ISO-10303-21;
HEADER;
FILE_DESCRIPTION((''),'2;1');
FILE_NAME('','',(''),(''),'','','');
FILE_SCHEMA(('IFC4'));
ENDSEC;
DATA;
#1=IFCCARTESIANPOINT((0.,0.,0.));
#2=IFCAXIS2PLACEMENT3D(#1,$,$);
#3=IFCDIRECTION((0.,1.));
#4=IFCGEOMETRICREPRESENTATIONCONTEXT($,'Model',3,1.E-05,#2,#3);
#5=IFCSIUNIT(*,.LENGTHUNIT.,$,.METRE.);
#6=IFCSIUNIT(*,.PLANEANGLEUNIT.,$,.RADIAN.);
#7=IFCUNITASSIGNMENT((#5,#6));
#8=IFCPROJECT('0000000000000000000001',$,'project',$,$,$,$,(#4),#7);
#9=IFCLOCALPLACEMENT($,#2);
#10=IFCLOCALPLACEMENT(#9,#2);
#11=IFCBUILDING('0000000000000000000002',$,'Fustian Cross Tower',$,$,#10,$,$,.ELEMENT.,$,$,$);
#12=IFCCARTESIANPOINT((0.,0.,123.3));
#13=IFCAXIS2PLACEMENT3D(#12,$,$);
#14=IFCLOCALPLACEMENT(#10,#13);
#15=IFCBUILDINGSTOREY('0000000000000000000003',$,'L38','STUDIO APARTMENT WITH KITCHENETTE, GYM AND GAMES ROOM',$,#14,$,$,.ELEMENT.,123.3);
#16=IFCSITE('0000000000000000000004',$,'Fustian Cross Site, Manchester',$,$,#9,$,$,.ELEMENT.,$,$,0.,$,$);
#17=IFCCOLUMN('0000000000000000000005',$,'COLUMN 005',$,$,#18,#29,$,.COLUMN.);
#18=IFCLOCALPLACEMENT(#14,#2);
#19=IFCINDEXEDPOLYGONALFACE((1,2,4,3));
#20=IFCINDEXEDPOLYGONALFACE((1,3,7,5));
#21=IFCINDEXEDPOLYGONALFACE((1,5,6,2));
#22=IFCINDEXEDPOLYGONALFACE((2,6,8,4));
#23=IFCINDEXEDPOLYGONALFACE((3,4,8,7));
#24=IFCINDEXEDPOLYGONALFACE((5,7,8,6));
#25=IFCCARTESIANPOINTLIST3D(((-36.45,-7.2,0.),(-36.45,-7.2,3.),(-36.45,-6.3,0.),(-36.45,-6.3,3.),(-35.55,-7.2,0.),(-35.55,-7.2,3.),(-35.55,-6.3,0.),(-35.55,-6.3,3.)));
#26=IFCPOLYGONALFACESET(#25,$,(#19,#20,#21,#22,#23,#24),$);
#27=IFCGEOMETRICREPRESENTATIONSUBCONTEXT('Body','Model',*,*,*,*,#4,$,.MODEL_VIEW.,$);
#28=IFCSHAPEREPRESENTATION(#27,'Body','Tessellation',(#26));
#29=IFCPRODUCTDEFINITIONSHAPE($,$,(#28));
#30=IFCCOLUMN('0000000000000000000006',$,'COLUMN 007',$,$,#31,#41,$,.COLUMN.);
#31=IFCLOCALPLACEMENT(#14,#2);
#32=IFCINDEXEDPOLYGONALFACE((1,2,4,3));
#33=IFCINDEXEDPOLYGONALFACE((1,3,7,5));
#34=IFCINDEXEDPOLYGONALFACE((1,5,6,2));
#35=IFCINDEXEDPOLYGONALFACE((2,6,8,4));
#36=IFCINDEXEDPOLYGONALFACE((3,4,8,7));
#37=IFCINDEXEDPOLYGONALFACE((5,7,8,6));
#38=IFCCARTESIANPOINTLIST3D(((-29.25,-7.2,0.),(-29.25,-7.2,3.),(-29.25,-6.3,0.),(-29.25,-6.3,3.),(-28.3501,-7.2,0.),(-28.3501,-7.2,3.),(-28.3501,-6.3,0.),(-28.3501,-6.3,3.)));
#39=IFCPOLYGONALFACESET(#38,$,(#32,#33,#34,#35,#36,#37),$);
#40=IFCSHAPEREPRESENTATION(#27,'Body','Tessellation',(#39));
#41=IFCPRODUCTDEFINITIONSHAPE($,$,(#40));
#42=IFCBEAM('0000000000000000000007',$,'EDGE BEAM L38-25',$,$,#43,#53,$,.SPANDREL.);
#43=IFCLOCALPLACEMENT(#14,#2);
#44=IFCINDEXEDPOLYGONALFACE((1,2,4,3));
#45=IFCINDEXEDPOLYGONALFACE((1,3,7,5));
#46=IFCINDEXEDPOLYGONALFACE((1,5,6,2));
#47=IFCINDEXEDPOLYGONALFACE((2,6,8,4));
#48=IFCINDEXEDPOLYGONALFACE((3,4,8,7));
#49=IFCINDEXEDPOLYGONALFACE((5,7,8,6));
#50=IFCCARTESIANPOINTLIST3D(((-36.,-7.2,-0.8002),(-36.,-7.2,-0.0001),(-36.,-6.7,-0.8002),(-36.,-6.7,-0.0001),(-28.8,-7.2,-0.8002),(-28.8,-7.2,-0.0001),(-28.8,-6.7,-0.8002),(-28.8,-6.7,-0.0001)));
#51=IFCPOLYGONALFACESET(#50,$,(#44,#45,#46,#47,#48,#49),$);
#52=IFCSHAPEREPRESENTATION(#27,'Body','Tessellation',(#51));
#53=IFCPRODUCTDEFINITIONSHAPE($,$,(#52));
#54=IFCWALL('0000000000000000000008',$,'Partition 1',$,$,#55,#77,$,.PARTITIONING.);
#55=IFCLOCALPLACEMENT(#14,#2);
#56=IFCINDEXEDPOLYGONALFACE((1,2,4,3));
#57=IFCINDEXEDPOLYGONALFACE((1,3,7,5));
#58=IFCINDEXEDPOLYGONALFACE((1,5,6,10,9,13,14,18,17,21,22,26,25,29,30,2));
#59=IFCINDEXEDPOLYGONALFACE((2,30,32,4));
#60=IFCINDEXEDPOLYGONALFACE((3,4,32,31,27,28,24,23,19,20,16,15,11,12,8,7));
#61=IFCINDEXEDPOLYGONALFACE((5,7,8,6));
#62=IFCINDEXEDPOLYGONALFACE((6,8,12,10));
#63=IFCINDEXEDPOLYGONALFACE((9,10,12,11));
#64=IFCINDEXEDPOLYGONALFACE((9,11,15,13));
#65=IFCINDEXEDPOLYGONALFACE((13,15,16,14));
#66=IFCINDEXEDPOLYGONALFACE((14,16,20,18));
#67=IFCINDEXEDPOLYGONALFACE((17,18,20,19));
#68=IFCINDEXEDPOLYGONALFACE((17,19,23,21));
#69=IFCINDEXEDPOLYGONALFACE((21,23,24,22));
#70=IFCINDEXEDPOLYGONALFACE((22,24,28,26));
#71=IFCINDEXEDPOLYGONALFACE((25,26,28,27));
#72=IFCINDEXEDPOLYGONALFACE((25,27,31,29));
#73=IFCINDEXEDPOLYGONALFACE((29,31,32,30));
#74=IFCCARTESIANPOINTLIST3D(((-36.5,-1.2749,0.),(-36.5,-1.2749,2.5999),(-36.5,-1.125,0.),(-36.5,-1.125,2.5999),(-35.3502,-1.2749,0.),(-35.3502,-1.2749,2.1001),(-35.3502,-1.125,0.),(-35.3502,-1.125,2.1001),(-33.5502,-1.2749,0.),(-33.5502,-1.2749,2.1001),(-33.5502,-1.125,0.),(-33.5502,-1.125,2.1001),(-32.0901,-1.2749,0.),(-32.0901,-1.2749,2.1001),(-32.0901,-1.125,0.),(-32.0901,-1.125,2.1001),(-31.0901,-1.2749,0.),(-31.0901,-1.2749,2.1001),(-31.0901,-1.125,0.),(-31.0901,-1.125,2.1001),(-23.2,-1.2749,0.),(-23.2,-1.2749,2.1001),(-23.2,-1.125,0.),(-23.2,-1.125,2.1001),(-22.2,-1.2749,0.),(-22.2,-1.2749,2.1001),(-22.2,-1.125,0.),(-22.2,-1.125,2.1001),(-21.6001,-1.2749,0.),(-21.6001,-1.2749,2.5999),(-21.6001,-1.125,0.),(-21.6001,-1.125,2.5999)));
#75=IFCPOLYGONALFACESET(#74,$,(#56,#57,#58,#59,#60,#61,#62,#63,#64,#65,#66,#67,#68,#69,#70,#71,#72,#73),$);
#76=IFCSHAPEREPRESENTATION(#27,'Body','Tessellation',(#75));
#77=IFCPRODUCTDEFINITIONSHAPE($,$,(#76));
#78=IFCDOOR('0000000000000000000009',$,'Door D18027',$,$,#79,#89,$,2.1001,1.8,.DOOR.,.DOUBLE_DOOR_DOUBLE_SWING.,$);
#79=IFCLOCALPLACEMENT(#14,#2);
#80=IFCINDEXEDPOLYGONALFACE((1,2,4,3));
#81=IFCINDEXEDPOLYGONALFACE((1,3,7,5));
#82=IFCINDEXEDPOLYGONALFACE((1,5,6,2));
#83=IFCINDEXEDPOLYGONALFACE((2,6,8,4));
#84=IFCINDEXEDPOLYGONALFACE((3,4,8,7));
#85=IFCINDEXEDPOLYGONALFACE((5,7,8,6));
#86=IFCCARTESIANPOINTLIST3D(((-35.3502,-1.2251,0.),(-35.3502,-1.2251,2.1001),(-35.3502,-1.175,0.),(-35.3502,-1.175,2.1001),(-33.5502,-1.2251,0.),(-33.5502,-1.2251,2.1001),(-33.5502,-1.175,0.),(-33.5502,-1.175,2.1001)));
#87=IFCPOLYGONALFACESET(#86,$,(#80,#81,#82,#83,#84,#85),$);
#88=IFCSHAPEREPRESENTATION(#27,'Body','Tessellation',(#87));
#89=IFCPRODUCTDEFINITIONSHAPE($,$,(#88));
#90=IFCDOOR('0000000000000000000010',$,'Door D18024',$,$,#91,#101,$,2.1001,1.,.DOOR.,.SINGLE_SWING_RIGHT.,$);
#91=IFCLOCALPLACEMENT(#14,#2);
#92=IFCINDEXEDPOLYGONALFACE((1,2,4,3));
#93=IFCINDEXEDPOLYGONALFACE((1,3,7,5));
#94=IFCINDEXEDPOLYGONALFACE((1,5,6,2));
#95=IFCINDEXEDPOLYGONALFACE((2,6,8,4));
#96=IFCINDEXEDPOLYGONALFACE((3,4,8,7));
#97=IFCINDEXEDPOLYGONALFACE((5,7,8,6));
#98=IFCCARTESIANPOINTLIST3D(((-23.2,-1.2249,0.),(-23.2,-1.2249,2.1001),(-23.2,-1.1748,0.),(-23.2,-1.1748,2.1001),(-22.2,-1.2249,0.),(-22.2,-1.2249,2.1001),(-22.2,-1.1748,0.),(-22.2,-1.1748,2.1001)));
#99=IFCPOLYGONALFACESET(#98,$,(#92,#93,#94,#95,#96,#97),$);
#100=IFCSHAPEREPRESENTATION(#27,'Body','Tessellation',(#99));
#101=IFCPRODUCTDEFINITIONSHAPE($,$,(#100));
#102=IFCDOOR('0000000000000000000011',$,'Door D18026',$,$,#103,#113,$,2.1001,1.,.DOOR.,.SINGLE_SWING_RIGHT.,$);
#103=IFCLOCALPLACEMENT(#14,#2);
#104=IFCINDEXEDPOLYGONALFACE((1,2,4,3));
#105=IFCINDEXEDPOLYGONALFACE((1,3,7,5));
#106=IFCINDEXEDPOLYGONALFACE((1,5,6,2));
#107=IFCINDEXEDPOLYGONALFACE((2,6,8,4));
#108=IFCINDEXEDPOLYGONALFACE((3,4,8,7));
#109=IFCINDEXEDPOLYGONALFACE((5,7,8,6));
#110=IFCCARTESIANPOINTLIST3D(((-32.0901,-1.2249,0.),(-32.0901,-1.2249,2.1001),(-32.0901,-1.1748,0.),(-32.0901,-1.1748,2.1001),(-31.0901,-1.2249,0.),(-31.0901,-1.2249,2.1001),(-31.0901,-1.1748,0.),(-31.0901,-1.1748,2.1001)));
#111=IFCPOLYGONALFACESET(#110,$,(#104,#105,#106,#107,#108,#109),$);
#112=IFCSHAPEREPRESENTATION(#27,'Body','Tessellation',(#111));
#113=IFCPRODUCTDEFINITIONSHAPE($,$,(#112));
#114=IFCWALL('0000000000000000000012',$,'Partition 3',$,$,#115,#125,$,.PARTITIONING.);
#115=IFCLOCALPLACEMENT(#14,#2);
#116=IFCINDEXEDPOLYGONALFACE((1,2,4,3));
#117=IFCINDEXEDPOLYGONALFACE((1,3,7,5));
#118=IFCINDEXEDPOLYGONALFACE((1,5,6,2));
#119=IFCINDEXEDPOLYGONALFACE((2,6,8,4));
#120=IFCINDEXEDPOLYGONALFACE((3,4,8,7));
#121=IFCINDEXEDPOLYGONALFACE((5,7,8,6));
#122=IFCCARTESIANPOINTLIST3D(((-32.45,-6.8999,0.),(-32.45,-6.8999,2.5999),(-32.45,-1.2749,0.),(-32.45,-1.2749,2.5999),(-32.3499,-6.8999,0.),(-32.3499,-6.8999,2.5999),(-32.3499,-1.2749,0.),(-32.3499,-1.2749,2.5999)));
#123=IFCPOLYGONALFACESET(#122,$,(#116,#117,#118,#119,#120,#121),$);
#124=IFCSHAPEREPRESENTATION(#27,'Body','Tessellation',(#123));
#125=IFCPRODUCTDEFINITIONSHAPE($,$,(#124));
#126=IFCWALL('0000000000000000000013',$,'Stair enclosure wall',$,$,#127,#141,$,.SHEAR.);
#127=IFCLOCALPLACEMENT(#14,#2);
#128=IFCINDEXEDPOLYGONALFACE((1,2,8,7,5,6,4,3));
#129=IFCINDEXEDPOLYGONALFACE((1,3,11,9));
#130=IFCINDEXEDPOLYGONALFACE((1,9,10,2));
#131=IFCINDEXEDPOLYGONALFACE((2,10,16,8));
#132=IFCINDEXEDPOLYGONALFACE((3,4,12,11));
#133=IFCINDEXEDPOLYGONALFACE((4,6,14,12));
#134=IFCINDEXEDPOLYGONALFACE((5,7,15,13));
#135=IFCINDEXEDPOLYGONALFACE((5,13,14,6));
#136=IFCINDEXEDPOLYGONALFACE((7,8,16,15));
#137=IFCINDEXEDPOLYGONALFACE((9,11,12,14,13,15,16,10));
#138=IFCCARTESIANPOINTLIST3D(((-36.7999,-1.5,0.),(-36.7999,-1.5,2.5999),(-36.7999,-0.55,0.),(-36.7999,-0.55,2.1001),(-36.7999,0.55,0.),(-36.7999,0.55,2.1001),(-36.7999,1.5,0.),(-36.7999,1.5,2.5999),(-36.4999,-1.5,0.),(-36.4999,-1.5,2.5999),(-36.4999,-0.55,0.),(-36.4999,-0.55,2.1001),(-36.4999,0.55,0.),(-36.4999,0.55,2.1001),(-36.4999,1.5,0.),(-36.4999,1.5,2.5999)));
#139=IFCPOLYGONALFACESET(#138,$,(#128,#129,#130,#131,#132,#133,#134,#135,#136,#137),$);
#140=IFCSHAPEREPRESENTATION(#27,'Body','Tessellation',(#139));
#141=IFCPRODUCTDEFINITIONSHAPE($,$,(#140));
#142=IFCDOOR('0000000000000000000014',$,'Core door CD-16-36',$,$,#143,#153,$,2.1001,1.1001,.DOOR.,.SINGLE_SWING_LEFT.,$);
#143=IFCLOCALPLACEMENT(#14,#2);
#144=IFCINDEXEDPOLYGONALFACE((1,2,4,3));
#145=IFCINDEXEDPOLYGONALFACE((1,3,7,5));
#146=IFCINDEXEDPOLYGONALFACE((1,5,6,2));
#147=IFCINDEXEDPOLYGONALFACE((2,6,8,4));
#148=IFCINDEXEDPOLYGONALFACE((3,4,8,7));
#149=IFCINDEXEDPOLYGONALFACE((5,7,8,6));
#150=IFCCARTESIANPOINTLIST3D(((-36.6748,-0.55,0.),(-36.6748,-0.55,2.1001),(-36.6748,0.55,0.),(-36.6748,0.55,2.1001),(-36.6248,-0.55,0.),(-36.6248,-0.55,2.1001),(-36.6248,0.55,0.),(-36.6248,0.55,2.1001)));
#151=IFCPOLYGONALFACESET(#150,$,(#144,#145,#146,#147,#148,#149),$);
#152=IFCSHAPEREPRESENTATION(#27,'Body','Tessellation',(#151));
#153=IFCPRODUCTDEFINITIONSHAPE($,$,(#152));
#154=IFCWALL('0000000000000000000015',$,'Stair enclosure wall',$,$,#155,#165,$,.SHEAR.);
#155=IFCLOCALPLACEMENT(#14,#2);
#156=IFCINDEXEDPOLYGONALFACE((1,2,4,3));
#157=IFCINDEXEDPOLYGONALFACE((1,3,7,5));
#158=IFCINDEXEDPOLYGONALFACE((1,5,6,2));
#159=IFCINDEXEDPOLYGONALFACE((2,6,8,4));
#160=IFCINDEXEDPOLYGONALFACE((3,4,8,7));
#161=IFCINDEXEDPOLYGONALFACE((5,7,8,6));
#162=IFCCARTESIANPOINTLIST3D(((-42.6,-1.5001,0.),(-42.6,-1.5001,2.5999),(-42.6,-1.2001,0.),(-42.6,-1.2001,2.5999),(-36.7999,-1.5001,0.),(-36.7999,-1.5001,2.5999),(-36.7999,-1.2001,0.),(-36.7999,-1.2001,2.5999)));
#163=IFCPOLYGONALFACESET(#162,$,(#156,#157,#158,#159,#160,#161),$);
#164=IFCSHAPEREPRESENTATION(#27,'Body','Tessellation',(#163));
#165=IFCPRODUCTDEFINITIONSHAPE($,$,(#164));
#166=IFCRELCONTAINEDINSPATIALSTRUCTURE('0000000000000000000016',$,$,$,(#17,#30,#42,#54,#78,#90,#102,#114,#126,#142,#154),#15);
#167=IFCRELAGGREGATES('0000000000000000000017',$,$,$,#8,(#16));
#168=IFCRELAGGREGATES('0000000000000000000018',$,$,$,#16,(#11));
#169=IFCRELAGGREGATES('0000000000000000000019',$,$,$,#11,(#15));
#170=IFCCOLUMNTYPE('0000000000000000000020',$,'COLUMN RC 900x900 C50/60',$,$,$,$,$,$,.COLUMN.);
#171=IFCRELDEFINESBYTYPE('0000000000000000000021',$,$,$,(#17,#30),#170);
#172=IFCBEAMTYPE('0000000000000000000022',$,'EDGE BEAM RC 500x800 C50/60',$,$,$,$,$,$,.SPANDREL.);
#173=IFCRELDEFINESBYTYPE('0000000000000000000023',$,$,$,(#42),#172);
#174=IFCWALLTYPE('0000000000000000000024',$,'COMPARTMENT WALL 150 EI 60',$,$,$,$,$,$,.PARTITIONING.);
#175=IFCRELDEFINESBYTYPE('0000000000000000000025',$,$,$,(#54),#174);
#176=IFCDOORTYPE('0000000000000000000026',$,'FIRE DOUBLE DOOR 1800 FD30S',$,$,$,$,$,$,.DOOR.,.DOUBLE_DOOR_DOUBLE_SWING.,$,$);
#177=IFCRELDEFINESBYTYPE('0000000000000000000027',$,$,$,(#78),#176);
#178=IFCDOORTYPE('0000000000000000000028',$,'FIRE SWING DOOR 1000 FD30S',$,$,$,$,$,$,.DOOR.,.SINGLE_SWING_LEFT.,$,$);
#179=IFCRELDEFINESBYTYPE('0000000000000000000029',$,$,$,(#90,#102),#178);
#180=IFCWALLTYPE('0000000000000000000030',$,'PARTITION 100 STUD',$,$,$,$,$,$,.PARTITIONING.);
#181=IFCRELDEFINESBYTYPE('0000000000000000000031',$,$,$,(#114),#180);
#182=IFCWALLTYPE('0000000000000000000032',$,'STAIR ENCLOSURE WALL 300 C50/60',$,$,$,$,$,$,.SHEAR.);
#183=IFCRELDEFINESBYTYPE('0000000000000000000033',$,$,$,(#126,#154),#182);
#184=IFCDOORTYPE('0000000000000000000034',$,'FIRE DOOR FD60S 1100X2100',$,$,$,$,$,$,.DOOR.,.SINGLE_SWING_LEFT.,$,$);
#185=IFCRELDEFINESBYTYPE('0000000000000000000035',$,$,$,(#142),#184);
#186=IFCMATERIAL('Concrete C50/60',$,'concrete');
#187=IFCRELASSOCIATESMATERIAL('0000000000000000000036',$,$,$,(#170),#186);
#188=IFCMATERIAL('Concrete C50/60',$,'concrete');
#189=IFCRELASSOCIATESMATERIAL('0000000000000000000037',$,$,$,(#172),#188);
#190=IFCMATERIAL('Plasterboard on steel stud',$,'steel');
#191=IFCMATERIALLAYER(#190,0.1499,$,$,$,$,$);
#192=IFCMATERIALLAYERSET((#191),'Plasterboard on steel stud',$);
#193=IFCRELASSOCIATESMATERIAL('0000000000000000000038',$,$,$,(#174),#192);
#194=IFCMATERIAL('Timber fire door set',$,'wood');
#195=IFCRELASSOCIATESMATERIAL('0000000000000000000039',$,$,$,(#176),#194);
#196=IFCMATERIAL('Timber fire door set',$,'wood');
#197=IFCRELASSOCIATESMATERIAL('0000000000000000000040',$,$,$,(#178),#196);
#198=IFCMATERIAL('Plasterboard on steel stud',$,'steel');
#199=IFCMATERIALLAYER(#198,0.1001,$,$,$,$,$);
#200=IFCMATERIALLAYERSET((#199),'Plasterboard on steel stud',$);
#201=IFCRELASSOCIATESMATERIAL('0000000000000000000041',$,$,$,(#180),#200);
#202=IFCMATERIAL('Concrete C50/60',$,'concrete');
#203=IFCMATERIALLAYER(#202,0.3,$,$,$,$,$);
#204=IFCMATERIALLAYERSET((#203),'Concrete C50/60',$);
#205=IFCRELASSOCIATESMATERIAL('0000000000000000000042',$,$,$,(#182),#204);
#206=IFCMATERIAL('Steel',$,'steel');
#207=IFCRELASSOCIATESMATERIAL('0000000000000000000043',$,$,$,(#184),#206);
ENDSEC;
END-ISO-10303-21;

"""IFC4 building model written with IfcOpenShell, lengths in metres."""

from ifc_helpers import new_model, si_unit, direction, frame, frame_2d, origin, origin_2d, place, context, subcontext, project, spatial, rectangle, extrude, material, layer, layer_set, material_profile, profile_set, type_object, element, fill, save


model = new_model("IFC4")

# Units and contexts
model_context = context("Model", 3, precision=1e-05, world=origin(), true_north=direction((0.0, 1.0)))
body_context = subcontext(model_context, "Body", "Model", "MODEL_VIEW")
ifc_project = project(units=[si_unit("LENGTHUNIT", "METRE"), si_unit("PLANEANGLEUNIT", "RADIAN")], contexts=[model_context])

# Site, building, storey
site_placement = place(None, origin())
site = spatial("IfcSite", under=ifc_project, at=site_placement, Name="Fustian Cross Site, Manchester", CompositionType="ELEMENT", RefElevation=0.0)
building_placement = place(site_placement, origin())
building = spatial("IfcBuilding", under=site, at=building_placement, Name="Fustian Cross Tower", CompositionType="ELEMENT")
storey_placement = place(building_placement, frame((0.0, 0.0, 123.3)))
storey = spatial("IfcBuildingStorey", under=building, at=storey_placement, Name="L38", Description="STUDIO APARTMENT WITH KITCHENETTE, GYM AND GAMES ROOM", CompositionType="ELEMENT", Elevation=123.3)

# Columns
ifc_material_1 = material(Name="Concrete C50/60", Category="concrete")
ifc_material_profile_1 = material_profile(ifc_material_1, rectangle(XDim=0.8999, YDim=0.8999, at=origin_2d()), Name="RC 900x900")
ifc_profile_set_1 = profile_set([ifc_material_profile_1], Name="Concrete C50/60")
column_type = type_object("IfcColumnType", Name="COLUMN RC 900x900 C50/60", PredefinedType="COLUMN", material=ifc_profile_set_1)
for number, where, z_axis, x_axis, name in (
    (1, (-36.0, -6.75, 0.0), (0.0, 0.0, 1.0), (1.0, 0.0, 0.0), "COLUMN 005"),
    (2, (-28.8, -6.75, 0.0), (0.0, 0.0, 1.0), (1.0, 0.0, 0.0), "COLUMN 007"),
):
    element("IfcColumn", number, at=place(storey_placement, frame(where, z_axis=z_axis, x_axis=x_axis)), inside=storey, type_object=column_type, Name=name, PredefinedType="COLUMN", context=body_context, shape_type="SweptSolid", body=[
        extrude(rectangle(XDim=0.8999, YDim=0.8999, at=origin_2d()), origin(), (0.0, 0.0, 1.0), 3.0),
    ])

# Beam
ifc_material_2 = material(Name="Concrete C50/60", Category="concrete")
ifc_material_profile_2 = material_profile(ifc_material_2, rectangle(XDim=0.5, YDim=0.8, at=origin_2d()), Name="RC 500x800")
ifc_profile_set_2 = profile_set([ifc_material_profile_2], Name="Concrete C50/60")
beam_type = type_object("IfcBeamType", Name="EDGE BEAM RC 500x800 C50/60", PredefinedType="SPANDREL", material=ifc_profile_set_2)
beam_placement = place(storey_placement, frame((-36.0, -6.95, -0.4001), z_axis=(1.0, 0.0, 0.0), x_axis=(0.0, 1.0, 0.0)))
element("IfcBeam", 3, at=beam_placement, inside=storey, type_object=beam_type, Name="EDGE BEAM L38-25", PredefinedType="SPANDREL", context=body_context, shape_type="SweptSolid", body=[
    extrude(rectangle(XDim=0.5, YDim=0.8, at=origin_2d()), origin(), (0.0, 0.0, 1.0), 7.2),
])

# Wall, openings, doors
ifc_material_3 = material(Name="Plasterboard on steel stud", Category="steel")
ifc_layer_1 = layer(ifc_material_3, 0.1499)
ifc_layer_set_1 = layer_set([ifc_layer_1], Name="Plasterboard on steel stud")
wall_type_1 = type_object("IfcWallType", Name="COMPARTMENT WALL 150 EI 60", PredefinedType="PARTITIONING", material=ifc_layer_set_1)
wall_1_placement = place(storey_placement, frame((-36.5, -1.2, 0.0), z_axis=(0.0, 0.0, 1.0), x_axis=(1.0, 0.0, 0.0)))
wall_1 = element("IfcWall", 4, at=wall_1_placement, inside=storey, type_object=wall_type_1, Name="Partition 1", PredefinedType="PARTITIONING", context=body_context, shape_type="SweptSolid", body=[
    extrude(rectangle(XDim=14.8999, YDim=0.1499, at=frame_2d((7.45, 0.0))), origin(), (0.0, 0.0, 1.0), 2.5999),
])
opening_1_placement = place(wall_1_placement, frame((13.3, 0.0, 0.0)))
opening_1 = element("IfcOpeningElement", 5, at=opening_1_placement, cuts=wall_1, PredefinedType="OPENING", context=body_context, shape_type="SweptSolid", body=[
    extrude(rectangle(XDim=1.0, YDim=2.1001, at=frame_2d((0.5, 1.05))), frame((0.0, 0.085, 0.0), z_axis=(0.0, -1.0, 0.0), x_axis=(1.0, 0.0, 0.0)), (0.0, 0.0, 1.0), 0.1699),
])
opening_2_placement = place(wall_1_placement, frame((4.4099, 0.0, 0.0)))
opening_2 = element("IfcOpeningElement", 6, at=opening_2_placement, cuts=wall_1, PredefinedType="OPENING", context=body_context, shape_type="SweptSolid", body=[
    extrude(rectangle(XDim=1.0, YDim=2.1001, at=frame_2d((0.5, 1.05))), frame((0.0, 0.085, 0.0), z_axis=(0.0, -1.0, 0.0), x_axis=(1.0, 0.0, 0.0)), (0.0, 0.0, 1.0), 0.1699),
])
opening_3_placement = place(wall_1_placement, frame((1.1499, 0.0, 0.0)))
opening_3 = element("IfcOpeningElement", 7, at=opening_3_placement, cuts=wall_1, PredefinedType="OPENING", context=body_context, shape_type="SweptSolid", body=[
    extrude(rectangle(XDim=1.8, YDim=2.1001, at=frame_2d((0.8999, 1.05))), frame((0.0, 0.085, 0.0), z_axis=(0.0, -1.0, 0.0), x_axis=(1.0, 0.0, 0.0)), (0.0, 0.0, 1.0), 0.1699),
])
ifc_material_4 = material(Name="Timber fire door set", Category="wood")
door_type_1 = type_object("IfcDoorType", Name="FIRE DOUBLE DOOR 1800 FD30S", OperationType="DOUBLE_DOOR_DOUBLE_SWING", PredefinedType="DOOR", material=ifc_material_4)
door_1_placement = place(opening_3_placement, origin())
door_1 = element("IfcDoor", 8, at=door_1_placement, inside=storey, type_object=door_type_1, Name="Door D18027", OperationType="DOUBLE_DOOR_DOUBLE_SWING", OverallHeight=2.1001, OverallWidth=1.8, PredefinedType="DOOR", context=body_context, shape_type="SweptSolid", body=[
    extrude(rectangle(XDim=1.8, YDim=2.1001, at=frame_2d((0.8999, 1.05))), frame((0.0, 0.0249, 0.0), z_axis=(0.0, -1.0, 0.0), x_axis=(1.0, 0.0, 0.0)), (0.0, 0.0, 1.0), 0.05),
])
fill(opening_3, door_1)
ifc_material_5 = material(Name="Timber fire door set", Category="wood")
door_type_2 = type_object("IfcDoorType", Name="FIRE SWING DOOR 1000 FD30S", OperationType="SINGLE_SWING_LEFT", PredefinedType="DOOR", material=ifc_material_5)
door_2_placement = place(opening_1_placement, frame((1.0, 0.0, 0.0), z_axis=(0.0, 0.0, 1.0), x_axis=(-1.0, 0.0, 0.0)))
door_2 = element("IfcDoor", 9, at=door_2_placement, inside=storey, type_object=door_type_2, Name="Door D18024", OperationType="SINGLE_SWING_RIGHT", OverallHeight=2.1001, OverallWidth=1.0, PredefinedType="DOOR", context=body_context, shape_type="SweptSolid", body=[
    extrude(rectangle(XDim=1.0, YDim=2.1001, at=frame_2d((0.5, 1.05))), frame((0.0, 0.0249, 0.0), z_axis=(0.0, -1.0, 0.0), x_axis=(1.0, 0.0, 0.0)), (0.0, 0.0, 1.0), 0.05),
])
fill(opening_1, door_2)
door_3_placement = place(opening_2_placement, frame((1.0, 0.0, 0.0), z_axis=(0.0, 0.0, 1.0), x_axis=(-1.0, 0.0, 0.0)))
door_3 = element("IfcDoor", 10, at=door_3_placement, inside=storey, type_object=door_type_2, Name="Door D18026", OperationType="SINGLE_SWING_RIGHT", OverallHeight=2.1001, OverallWidth=1.0, PredefinedType="DOOR", context=body_context, shape_type="SweptSolid", body=[
    extrude(rectangle(XDim=1.0, YDim=2.1001, at=frame_2d((0.5, 1.05))), frame((0.0, 0.0249, 0.0), z_axis=(0.0, -1.0, 0.0), x_axis=(1.0, 0.0, 0.0)), (0.0, 0.0, 1.0), 0.05),
])
fill(opening_2, door_3)

# Wall
ifc_material_6 = material(Name="Plasterboard on steel stud", Category="steel")
ifc_layer_2 = layer(ifc_material_6, 0.1001)
ifc_layer_set_2 = layer_set([ifc_layer_2], Name="Plasterboard on steel stud")
wall_type_2 = type_object("IfcWallType", Name="PARTITION 100 STUD", PredefinedType="PARTITIONING", material=ifc_layer_set_2)
wall_2_placement = place(storey_placement, frame((-32.3999, -6.8999, 0.0), z_axis=(0.0, 0.0, 1.0), x_axis=(0.0, 1.0, 0.0)))
element("IfcWall", 11, at=wall_2_placement, inside=storey, type_object=wall_type_2, Name="Partition 3", PredefinedType="PARTITIONING", context=body_context, shape_type="SweptSolid", body=[
    extrude(rectangle(XDim=5.625, YDim=0.1001, at=frame_2d((2.8125, 0.0))), origin(), (0.0, 0.0, 1.0), 2.5999),
])

# Wall, opening, door
ifc_material_7 = material(Name="Concrete C50/60", Category="concrete")
ifc_layer_3 = layer(ifc_material_7, 0.3)
ifc_layer_set_3 = layer_set([ifc_layer_3], Name="Concrete C50/60")
wall_type_3 = type_object("IfcWallType", Name="STAIR ENCLOSURE WALL 300 C50/60", PredefinedType="SHEAR", material=ifc_layer_set_3)
wall_3_placement = place(storey_placement, frame((-36.6499, -1.5, 0.0), z_axis=(0.0, 0.0, 1.0), x_axis=(0.0, 1.0, 0.0)))
wall_3 = element("IfcWall", 12, at=wall_3_placement, inside=storey, type_object=wall_type_3, Name="Stair enclosure wall", PredefinedType="SHEAR", context=body_context, shape_type="SweptSolid", body=[
    extrude(rectangle(XDim=3.0, YDim=0.3, at=frame_2d((1.5, 0.0))), origin(), (0.0, 0.0, 1.0), 2.5999),
])
opening_4_placement = place(wall_3_placement, frame((0.95, 0.0, 0.0)))
opening_4 = element("IfcOpeningElement", 13, at=opening_4_placement, cuts=wall_3, PredefinedType="OPENING", context=body_context, shape_type="SweptSolid", body=[
    extrude(rectangle(XDim=1.1001, YDim=2.1001, at=frame_2d((0.55, 1.05))), frame((0.0, 0.1599, 0.0), z_axis=(0.0, -1.0, 0.0), x_axis=(1.0, 0.0, 0.0)), (0.0, 0.0, 1.0), 0.3201),
])
ifc_material_8 = material(Name="Steel", Category="steel")
door_type_3 = type_object("IfcDoorType", Name="FIRE DOOR FD60S 1100X2100", OperationType="SINGLE_SWING_LEFT", PredefinedType="DOOR", material=ifc_material_8)
door_4_placement = place(opening_4_placement, origin())
door_4 = element("IfcDoor", 14, at=door_4_placement, inside=storey, type_object=door_type_3, Name="Core door CD-16-36", OperationType="SINGLE_SWING_LEFT", OverallHeight=2.1001, OverallWidth=1.1001, PredefinedType="DOOR", context=body_context, shape_type="SweptSolid", body=[
    extrude(rectangle(XDim=1.1001, YDim=2.1001, at=frame_2d((0.55, 1.05))), frame((0.0, 0.0249, 0.0), z_axis=(0.0, -1.0, 0.0), x_axis=(1.0, 0.0, 0.0)), (0.0, 0.0, 1.0), 0.05),
])
fill(opening_4, door_4)

# Wall
wall_4_placement = place(storey_placement, frame((-36.8, -1.3501, 0.0), z_axis=(0.0, 0.0, 1.0), x_axis=(-1.0, 0.0, 0.0)))
element("IfcWall", 15, at=wall_4_placement, inside=storey, type_object=wall_type_3, Name="Stair enclosure wall", PredefinedType="SHEAR", context=body_context, shape_type="SweptSolid", body=[
    extrude(rectangle(XDim=5.8, YDim=0.3, at=frame_2d((2.8999, 0.0))), origin(), (0.0, 0.0, 1.0), 2.5999),
])

save(model, "model.ifc")
